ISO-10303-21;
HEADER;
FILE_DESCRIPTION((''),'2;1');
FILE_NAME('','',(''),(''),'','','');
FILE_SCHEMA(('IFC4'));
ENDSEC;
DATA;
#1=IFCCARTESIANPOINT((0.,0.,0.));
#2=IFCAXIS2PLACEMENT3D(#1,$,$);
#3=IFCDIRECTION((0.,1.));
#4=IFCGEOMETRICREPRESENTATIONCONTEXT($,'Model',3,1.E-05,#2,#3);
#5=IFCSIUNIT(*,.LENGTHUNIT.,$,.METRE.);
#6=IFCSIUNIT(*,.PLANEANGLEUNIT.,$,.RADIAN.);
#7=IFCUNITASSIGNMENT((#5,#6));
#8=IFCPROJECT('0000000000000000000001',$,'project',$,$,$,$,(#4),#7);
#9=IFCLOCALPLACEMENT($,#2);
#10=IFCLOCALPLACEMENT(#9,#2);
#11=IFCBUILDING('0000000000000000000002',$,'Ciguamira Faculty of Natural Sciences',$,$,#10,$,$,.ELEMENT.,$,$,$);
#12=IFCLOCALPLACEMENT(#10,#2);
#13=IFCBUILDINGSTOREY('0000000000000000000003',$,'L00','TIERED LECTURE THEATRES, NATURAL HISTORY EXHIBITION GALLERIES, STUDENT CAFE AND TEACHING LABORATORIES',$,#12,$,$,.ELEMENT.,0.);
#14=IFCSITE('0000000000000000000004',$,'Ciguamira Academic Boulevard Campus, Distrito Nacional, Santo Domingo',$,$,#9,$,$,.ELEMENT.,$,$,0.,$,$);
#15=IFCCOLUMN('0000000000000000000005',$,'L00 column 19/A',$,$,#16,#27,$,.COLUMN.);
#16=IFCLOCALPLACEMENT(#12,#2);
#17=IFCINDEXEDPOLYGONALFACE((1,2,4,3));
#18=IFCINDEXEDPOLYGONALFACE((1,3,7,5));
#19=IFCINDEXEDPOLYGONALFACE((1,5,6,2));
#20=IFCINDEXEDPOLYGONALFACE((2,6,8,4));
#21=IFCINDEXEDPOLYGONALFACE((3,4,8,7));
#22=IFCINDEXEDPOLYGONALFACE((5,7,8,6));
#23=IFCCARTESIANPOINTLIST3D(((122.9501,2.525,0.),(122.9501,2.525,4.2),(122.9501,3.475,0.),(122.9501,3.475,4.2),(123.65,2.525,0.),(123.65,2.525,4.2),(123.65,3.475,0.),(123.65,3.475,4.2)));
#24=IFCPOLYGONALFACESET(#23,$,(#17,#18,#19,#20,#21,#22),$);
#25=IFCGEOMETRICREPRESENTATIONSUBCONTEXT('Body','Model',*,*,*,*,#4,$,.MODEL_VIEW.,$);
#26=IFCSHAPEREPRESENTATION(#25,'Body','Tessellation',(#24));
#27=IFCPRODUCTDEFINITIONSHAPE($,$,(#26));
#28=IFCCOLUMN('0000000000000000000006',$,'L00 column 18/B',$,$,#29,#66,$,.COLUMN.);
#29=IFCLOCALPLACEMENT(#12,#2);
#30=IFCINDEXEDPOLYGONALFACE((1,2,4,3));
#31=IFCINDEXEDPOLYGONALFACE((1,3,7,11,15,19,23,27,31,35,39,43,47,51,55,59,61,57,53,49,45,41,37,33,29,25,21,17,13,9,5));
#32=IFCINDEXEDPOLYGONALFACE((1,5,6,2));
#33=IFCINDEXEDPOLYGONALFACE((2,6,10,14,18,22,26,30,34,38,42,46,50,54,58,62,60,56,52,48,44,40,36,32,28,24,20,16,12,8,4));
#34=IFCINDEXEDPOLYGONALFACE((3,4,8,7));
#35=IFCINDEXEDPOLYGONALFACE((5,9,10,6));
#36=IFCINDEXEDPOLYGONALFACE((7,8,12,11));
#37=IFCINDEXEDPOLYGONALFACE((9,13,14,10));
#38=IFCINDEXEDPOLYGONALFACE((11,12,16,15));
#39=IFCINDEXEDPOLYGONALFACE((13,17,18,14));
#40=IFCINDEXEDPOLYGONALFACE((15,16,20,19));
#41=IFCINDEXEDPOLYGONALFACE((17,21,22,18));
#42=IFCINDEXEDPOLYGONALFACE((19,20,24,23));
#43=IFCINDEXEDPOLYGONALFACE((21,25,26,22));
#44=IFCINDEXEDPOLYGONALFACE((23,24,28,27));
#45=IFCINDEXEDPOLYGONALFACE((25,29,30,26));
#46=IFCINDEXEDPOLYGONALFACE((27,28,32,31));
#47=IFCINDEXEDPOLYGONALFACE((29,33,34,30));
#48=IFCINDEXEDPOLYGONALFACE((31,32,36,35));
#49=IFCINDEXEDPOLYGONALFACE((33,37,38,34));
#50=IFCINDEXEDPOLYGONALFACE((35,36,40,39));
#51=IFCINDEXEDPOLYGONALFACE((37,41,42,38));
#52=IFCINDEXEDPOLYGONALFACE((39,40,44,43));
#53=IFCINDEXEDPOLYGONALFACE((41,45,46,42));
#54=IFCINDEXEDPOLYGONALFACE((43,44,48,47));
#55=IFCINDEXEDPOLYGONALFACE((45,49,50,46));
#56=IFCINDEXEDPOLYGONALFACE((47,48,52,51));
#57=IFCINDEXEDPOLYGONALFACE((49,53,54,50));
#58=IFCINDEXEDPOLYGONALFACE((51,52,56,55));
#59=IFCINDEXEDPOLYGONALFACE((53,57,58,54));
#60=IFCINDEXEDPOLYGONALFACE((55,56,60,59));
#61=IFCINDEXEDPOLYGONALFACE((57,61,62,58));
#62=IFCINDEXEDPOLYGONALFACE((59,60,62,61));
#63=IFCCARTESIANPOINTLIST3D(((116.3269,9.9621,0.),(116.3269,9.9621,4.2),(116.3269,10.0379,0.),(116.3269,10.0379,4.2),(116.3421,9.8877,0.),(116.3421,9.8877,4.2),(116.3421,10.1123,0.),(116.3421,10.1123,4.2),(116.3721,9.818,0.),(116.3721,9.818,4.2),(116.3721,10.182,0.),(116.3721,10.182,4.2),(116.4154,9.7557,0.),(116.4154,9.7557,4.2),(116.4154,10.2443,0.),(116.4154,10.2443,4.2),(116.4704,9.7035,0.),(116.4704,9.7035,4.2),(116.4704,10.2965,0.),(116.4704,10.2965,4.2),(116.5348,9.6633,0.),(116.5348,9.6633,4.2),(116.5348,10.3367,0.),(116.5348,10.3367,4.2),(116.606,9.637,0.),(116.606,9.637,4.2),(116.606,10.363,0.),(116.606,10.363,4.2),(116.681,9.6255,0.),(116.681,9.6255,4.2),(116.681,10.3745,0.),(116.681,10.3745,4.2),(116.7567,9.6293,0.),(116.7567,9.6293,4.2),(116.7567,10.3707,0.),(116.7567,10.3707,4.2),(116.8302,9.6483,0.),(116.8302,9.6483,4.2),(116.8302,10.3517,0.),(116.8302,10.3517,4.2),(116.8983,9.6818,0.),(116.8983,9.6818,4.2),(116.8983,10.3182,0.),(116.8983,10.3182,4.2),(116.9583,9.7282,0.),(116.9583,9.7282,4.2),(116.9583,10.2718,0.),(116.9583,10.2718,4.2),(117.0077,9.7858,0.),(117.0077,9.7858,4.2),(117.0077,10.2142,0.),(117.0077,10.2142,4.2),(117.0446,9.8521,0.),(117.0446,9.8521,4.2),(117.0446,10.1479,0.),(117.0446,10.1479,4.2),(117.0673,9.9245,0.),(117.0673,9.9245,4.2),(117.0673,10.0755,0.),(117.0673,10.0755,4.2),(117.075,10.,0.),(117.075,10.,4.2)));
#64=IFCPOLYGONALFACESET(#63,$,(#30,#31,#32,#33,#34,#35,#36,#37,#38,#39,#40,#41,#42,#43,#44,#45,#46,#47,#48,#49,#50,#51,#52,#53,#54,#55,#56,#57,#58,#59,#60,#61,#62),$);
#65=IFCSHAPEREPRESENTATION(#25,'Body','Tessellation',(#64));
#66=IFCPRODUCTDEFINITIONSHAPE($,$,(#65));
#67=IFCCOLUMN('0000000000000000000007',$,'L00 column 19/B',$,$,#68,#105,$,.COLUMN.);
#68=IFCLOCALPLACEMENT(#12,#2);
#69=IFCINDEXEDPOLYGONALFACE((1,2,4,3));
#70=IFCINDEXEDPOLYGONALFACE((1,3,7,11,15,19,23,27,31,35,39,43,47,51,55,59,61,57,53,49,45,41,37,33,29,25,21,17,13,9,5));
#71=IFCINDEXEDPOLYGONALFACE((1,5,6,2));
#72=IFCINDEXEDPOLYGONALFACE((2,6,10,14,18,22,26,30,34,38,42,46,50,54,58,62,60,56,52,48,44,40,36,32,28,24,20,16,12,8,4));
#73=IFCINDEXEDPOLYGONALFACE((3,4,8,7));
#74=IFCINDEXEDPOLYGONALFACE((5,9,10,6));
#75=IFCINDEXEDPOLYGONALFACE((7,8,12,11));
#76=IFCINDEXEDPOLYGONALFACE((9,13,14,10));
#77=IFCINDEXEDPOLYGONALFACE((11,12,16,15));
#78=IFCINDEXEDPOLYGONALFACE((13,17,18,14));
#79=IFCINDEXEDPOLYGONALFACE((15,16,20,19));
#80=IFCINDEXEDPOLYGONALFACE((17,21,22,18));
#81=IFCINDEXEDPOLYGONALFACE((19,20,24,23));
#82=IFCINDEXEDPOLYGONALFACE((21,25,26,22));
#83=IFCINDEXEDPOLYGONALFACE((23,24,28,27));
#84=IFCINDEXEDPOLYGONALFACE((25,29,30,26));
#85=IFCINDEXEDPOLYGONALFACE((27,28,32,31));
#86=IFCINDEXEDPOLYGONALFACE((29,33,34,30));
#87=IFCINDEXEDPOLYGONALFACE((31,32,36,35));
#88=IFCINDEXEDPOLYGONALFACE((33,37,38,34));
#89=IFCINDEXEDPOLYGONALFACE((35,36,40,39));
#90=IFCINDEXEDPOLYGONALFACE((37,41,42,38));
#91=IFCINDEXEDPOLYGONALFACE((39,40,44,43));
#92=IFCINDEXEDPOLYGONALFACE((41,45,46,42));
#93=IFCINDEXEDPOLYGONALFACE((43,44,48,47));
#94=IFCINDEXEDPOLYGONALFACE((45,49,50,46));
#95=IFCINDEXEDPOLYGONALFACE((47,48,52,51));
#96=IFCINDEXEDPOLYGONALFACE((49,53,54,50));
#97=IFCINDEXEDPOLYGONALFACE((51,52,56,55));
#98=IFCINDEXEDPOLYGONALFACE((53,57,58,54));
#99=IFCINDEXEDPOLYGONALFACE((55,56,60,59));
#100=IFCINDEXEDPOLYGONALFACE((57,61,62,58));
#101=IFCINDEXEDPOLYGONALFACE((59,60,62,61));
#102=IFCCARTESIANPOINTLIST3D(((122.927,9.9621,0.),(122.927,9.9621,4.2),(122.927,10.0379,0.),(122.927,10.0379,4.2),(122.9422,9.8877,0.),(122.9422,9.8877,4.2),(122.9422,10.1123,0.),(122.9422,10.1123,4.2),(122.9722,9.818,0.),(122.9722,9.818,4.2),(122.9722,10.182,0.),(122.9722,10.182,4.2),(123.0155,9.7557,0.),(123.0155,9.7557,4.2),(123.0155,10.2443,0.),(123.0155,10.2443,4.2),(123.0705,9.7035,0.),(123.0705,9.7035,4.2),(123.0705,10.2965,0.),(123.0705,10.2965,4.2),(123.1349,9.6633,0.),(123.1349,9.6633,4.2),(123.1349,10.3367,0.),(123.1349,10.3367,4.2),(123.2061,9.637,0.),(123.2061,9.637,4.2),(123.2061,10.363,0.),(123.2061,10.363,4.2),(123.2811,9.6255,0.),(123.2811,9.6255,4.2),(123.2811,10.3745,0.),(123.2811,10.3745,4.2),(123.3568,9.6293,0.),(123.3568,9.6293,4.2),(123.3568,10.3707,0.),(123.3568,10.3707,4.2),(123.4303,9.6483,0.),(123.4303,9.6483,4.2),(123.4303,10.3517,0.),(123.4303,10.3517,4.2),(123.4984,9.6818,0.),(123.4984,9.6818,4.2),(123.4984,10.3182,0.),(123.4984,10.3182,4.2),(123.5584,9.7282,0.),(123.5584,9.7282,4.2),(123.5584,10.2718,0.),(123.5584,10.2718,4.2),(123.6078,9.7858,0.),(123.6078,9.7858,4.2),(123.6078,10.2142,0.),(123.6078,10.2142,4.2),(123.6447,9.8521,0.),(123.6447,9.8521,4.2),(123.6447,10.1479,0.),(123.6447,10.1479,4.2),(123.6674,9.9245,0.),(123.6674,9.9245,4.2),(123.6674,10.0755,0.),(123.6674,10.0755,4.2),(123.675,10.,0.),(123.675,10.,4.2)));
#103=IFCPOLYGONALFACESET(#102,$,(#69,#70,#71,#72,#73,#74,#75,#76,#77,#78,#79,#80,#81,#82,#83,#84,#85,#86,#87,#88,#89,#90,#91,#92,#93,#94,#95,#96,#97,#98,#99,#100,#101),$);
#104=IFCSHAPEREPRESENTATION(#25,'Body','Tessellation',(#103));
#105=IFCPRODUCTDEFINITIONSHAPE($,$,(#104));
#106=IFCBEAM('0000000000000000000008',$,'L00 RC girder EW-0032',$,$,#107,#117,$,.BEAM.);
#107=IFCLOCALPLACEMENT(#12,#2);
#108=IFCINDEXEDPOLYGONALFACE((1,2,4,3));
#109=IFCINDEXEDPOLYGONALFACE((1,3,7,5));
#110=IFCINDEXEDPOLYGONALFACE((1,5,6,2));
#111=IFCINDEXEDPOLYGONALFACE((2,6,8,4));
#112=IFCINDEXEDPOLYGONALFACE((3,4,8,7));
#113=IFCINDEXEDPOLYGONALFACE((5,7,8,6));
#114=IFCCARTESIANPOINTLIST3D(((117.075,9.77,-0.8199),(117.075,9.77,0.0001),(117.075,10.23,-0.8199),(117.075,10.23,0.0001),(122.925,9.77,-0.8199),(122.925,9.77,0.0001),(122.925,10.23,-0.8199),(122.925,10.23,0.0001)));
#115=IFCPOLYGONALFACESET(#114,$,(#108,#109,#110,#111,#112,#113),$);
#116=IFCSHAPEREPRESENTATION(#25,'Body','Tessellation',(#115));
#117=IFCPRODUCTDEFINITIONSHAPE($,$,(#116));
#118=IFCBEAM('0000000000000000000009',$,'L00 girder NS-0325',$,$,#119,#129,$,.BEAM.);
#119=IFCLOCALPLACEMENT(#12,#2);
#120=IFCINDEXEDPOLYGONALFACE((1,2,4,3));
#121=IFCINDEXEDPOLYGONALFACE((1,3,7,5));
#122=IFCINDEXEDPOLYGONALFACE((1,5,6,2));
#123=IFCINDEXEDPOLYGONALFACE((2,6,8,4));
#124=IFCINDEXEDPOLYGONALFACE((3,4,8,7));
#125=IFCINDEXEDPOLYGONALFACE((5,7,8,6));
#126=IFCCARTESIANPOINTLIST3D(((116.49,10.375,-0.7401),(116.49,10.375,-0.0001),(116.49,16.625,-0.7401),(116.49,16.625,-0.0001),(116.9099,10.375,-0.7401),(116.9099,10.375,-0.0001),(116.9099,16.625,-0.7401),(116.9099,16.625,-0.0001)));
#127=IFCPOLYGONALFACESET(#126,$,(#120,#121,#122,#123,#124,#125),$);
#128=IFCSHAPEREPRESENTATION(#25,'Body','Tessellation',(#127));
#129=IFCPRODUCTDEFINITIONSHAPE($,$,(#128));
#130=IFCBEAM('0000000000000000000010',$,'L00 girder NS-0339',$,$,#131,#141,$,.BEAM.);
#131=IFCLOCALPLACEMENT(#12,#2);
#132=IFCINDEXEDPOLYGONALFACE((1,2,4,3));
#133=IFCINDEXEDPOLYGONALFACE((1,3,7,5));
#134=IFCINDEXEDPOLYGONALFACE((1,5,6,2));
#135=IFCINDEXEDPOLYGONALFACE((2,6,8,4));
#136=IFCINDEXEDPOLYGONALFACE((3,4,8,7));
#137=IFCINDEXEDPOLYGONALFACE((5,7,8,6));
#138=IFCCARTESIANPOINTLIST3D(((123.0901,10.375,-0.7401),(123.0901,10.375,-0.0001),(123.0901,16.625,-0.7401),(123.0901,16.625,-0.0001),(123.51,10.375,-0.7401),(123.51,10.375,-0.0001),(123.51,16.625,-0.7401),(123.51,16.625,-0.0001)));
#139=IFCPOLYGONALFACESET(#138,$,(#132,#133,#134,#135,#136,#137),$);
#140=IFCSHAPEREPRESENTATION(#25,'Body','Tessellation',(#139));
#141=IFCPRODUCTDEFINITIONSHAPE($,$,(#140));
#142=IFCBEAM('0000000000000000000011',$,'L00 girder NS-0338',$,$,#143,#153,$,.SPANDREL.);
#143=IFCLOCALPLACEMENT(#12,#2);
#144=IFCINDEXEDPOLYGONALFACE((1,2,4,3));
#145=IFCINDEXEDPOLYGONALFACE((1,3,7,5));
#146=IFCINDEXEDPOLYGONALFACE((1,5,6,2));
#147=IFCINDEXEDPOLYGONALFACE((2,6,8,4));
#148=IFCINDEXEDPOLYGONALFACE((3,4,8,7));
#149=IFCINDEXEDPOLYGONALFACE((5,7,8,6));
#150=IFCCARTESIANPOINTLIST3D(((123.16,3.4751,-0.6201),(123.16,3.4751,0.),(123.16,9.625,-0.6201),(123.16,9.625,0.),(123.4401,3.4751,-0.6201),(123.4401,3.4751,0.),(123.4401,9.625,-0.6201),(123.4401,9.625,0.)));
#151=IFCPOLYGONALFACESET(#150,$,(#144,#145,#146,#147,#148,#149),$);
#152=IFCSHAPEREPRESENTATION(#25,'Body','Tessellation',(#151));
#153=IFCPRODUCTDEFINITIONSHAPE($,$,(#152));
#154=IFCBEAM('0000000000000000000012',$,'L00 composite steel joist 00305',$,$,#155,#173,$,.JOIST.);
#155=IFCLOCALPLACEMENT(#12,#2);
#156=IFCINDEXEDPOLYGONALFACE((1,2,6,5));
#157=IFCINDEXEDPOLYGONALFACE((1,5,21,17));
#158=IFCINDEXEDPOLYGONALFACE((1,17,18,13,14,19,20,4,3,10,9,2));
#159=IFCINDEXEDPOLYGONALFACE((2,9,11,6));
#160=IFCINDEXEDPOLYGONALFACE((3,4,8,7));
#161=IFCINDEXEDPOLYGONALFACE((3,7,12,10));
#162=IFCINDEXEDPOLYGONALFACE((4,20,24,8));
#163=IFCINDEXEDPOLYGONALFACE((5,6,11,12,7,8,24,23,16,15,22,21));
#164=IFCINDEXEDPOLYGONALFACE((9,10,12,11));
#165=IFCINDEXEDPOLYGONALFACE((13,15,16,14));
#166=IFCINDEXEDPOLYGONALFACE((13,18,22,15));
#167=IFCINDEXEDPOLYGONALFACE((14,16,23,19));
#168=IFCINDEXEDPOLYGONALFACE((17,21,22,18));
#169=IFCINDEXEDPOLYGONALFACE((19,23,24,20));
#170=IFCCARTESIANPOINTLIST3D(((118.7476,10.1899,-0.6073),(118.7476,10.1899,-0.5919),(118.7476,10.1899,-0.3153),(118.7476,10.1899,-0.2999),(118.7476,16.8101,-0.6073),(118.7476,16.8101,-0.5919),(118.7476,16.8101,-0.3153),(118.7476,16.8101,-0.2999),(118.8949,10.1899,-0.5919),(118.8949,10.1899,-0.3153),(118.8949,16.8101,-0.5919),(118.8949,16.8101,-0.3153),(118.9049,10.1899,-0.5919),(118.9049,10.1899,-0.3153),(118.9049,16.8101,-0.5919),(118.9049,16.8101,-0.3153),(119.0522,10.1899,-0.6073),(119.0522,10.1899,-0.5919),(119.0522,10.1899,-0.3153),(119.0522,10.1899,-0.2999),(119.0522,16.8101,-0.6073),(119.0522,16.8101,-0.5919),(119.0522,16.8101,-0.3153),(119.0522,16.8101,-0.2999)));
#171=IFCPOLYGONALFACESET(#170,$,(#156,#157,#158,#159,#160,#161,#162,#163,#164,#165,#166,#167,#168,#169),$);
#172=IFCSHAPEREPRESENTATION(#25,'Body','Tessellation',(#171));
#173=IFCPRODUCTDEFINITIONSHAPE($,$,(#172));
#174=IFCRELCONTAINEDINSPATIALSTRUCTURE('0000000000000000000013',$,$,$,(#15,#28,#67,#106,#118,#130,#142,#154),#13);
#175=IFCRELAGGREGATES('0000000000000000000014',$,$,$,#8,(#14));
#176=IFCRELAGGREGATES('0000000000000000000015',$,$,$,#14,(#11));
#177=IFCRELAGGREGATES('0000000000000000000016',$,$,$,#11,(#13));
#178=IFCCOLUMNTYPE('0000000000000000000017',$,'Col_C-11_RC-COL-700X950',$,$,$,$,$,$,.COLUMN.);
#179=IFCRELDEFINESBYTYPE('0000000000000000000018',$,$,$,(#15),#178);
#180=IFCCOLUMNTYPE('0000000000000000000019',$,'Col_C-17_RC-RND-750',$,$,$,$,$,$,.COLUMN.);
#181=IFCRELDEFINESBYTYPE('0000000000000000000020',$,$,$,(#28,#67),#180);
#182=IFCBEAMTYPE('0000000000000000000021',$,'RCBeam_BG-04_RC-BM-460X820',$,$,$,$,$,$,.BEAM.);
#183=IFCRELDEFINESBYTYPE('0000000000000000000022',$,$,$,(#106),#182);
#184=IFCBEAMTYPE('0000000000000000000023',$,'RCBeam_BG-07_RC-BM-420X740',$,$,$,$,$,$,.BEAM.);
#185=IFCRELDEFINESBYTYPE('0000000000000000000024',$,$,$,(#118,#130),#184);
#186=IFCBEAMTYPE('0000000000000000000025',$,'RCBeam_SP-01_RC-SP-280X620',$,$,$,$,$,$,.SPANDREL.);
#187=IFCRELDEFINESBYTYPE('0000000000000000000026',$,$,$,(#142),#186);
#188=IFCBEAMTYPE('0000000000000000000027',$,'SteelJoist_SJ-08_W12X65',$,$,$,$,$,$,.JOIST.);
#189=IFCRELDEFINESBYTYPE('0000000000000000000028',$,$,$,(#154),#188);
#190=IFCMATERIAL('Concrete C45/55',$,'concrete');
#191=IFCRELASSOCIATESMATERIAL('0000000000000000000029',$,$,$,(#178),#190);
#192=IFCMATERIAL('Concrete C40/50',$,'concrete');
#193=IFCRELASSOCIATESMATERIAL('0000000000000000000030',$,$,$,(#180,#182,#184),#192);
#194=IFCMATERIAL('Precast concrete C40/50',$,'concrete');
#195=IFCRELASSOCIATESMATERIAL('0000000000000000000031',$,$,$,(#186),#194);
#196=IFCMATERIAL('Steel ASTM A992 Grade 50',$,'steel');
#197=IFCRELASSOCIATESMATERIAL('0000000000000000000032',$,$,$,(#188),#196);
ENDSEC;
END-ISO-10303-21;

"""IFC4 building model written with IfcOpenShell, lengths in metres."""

from ifc_helpers import new_model, si_unit, direction, frame, origin, origin_2d, place, context, subcontext, project, spatial, rectangle, circle, i_section, extrude, material, material_profile, profile_set, type_object, element, save


model = new_model("IFC4")

# Units and contexts
model_context = context("Model", 3, precision=1e-05, world=origin(), true_north=direction((0.0, 1.0)))
body_context = subcontext(model_context, "Body", "Model", "MODEL_VIEW")
ifc_project = project(units=[si_unit("LENGTHUNIT", "METRE"), si_unit("PLANEANGLEUNIT", "RADIAN")], contexts=[model_context])

# Site, building, storey
site_placement = place(None, origin())
site = spatial("IfcSite", under=ifc_project, at=site_placement, Name="Ciguamira Academic Boulevard Campus, Distrito Nacional, Santo Domingo", CompositionType="ELEMENT", RefElevation=0.0)
building_placement = place(site_placement, origin())
building = spatial("IfcBuilding", under=site, at=building_placement, Name="Ciguamira Faculty of Natural Sciences", CompositionType="ELEMENT")
storey_placement = place(building_placement, origin())
storey = spatial("IfcBuildingStorey", under=building, at=storey_placement, Name="L00", Description="TIERED LECTURE THEATRES, NATURAL HISTORY EXHIBITION GALLERIES, STUDENT CAFE AND TEACHING LABORATORIES", CompositionType="ELEMENT", Elevation=0.0)

# Columns
ifc_material_1 = material(Name="Concrete C45/55", Category="concrete")
ifc_material_profile_1 = material_profile(ifc_material_1, rectangle(XDim=0.7, YDim=0.95, at=origin_2d()), Name="RC-COL-700X950")
ifc_profile_set_1 = profile_set([ifc_material_profile_1], Name="Concrete C45/55")
column_type_1 = type_object("IfcColumnType", Name="Col_C-11_RC-COL-700X950", PredefinedType="COLUMN", material=ifc_profile_set_1)
column_placement = place(storey_placement, frame((123.3, 3.0, 0.0), z_axis=(0.0, 0.0, 1.0), x_axis=(1.0, 0.0, 0.0)))
element("IfcColumn", 1, at=column_placement, inside=storey, type_object=column_type_1, Name="L00 column 19/A", PredefinedType="COLUMN", context=body_context, shape_type="SweptSolid", body=[
    extrude(rectangle(XDim=0.7, YDim=0.95, at=origin_2d()), origin(), (0.0, 0.0, 1.0), 4.2),
])
ifc_material_2 = material(Name="Concrete C40/50", Category="concrete")
ifc_material_profile_2 = material_profile(ifc_material_2, circle(Radius=0.375, at=origin_2d()), Name="RC-RND-750")
ifc_profile_set_2 = profile_set([ifc_material_profile_2], Name="Concrete C40/50")
column_type_2 = type_object("IfcColumnType", Name="Col_C-17_RC-RND-750", PredefinedType="COLUMN", material=ifc_profile_set_2)
for number, where, z_axis, x_axis, name in (
    (2, (116.7, 10.0, 0.0), (0.0, 0.0, 1.0), (1.0, 0.0, 0.0), "L00 column 18/B"),
    (3, (123.3, 10.0, 0.0), (0.0, 0.0, 1.0), (1.0, 0.0, 0.0), "L00 column 19/B"),
):
    element("IfcColumn", number, at=place(storey_placement, frame(where, z_axis=z_axis, x_axis=x_axis)), inside=storey, type_object=column_type_2, Name=name, PredefinedType="COLUMN", context=body_context, shape_type="SweptSolid", body=[
        extrude(circle(Radius=0.375, at=origin_2d()), origin(), (0.0, 0.0, 1.0), 4.2),
    ])

# Beams
ifc_material_profile_3 = material_profile(ifc_material_2, rectangle(XDim=0.46, YDim=0.8201, at=origin_2d()), Name="RC-BM-460X820")
ifc_profile_set_3 = profile_set([ifc_material_profile_3], Name="Concrete C40/50")
beam_type_1 = type_object("IfcBeamType", Name="RCBeam_BG-04_RC-BM-460X820", PredefinedType="BEAM", material=ifc_profile_set_3)
beam_1_placement = place(storey_placement, frame((117.075, 10.0, -0.4099), z_axis=(1.0, 0.0, 0.0), x_axis=(0.0, 1.0, 0.0)))
element("IfcBeam", 4, at=beam_1_placement, inside=storey, type_object=beam_type_1, Name="L00 RC girder EW-0032", PredefinedType="BEAM", context=body_context, shape_type="SweptSolid", body=[
    extrude(rectangle(XDim=0.46, YDim=0.8201, at=origin_2d()), origin(), (0.0, 0.0, 1.0), 5.8501),
])
ifc_material_profile_4 = material_profile(ifc_material_2, rectangle(XDim=0.4199, YDim=0.74, at=origin_2d()), Name="RC-BM-420X740")
ifc_profile_set_4 = profile_set([ifc_material_profile_4], Name="Concrete C40/50")
beam_type_2 = type_object("IfcBeamType", Name="RCBeam_BG-07_RC-BM-420X740", PredefinedType="BEAM", material=ifc_profile_set_4)
for number, where, z_axis, x_axis, name in (
    (5, (116.7, 10.375, -0.3701), (0.0, 1.0, 0.0), (-1.0, 0.0, 0.0), "L00 girder NS-0325"),
    (6, (123.3, 10.375, -0.3701), (0.0, 1.0, 0.0), (-1.0, 0.0, 0.0), "L00 girder NS-0339"),
):
    element("IfcBeam", number, at=place(storey_placement, frame(where, z_axis=z_axis, x_axis=x_axis)), inside=storey, type_object=beam_type_2, Name=name, PredefinedType="BEAM", context=body_context, shape_type="SweptSolid", body=[
        extrude(rectangle(XDim=0.4199, YDim=0.74, at=origin_2d()), origin(), (0.0, 0.0, 1.0), 6.25),
    ])
ifc_material_3 = material(Name="Precast concrete C40/50", Category="concrete")
ifc_material_profile_5 = material_profile(ifc_material_3, rectangle(XDim=0.28, YDim=0.6201, at=origin_2d()), Name="RC-SP-280X620")
ifc_profile_set_5 = profile_set([ifc_material_profile_5], Name="Precast concrete C40/50")
beam_type_3 = type_object("IfcBeamType", Name="RCBeam_SP-01_RC-SP-280X620", PredefinedType="SPANDREL", material=ifc_profile_set_5)
beam_2_placement = place(storey_placement, frame((123.3, 3.4751, -0.3101), z_axis=(0.0, 1.0, 0.0), x_axis=(-1.0, 0.0, 0.0)))
element("IfcBeam", 7, at=beam_2_placement, inside=storey, type_object=beam_type_3, Name="L00 girder NS-0338", PredefinedType="SPANDREL", context=body_context, shape_type="SweptSolid", body=[
    extrude(rectangle(XDim=0.28, YDim=0.6201, at=origin_2d()), origin(), (0.0, 0.0, 1.0), 6.1499),
])
ifc_material_4 = material(Name="Steel ASTM A992 Grade 50", Category="steel")
ifc_material_profile_6 = material_profile(ifc_material_4, i_section(OverallWidth=0.3047, OverallDepth=0.3074, WebThickness=0.01, FlangeThickness=0.0154, at=origin_2d()), Name="W12X65")
ifc_profile_set_6 = profile_set([ifc_material_profile_6], Name="Steel ASTM A992 Grade 50")
beam_type_4 = type_object("IfcBeamType", Name="SteelJoist_SJ-08_W12X65", PredefinedType="JOIST", material=ifc_profile_set_6)
beam_3_placement = place(storey_placement, frame((118.8999, 10.1899, -0.4536), z_axis=(0.0, 1.0, 0.0), x_axis=(-1.0, 0.0, 0.0)))
element("IfcBeam", 8, at=beam_3_placement, inside=storey, type_object=beam_type_4, Name="L00 composite steel joist 00305", PredefinedType="JOIST", context=body_context, shape_type="SweptSolid", body=[
    extrude(i_section(OverallWidth=0.3047, OverallDepth=0.3074, WebThickness=0.01, FlangeThickness=0.0154, at=origin_2d()), origin(), (0.0, 0.0, 1.0), 6.6201),
])

save(model, "model.ifc")
